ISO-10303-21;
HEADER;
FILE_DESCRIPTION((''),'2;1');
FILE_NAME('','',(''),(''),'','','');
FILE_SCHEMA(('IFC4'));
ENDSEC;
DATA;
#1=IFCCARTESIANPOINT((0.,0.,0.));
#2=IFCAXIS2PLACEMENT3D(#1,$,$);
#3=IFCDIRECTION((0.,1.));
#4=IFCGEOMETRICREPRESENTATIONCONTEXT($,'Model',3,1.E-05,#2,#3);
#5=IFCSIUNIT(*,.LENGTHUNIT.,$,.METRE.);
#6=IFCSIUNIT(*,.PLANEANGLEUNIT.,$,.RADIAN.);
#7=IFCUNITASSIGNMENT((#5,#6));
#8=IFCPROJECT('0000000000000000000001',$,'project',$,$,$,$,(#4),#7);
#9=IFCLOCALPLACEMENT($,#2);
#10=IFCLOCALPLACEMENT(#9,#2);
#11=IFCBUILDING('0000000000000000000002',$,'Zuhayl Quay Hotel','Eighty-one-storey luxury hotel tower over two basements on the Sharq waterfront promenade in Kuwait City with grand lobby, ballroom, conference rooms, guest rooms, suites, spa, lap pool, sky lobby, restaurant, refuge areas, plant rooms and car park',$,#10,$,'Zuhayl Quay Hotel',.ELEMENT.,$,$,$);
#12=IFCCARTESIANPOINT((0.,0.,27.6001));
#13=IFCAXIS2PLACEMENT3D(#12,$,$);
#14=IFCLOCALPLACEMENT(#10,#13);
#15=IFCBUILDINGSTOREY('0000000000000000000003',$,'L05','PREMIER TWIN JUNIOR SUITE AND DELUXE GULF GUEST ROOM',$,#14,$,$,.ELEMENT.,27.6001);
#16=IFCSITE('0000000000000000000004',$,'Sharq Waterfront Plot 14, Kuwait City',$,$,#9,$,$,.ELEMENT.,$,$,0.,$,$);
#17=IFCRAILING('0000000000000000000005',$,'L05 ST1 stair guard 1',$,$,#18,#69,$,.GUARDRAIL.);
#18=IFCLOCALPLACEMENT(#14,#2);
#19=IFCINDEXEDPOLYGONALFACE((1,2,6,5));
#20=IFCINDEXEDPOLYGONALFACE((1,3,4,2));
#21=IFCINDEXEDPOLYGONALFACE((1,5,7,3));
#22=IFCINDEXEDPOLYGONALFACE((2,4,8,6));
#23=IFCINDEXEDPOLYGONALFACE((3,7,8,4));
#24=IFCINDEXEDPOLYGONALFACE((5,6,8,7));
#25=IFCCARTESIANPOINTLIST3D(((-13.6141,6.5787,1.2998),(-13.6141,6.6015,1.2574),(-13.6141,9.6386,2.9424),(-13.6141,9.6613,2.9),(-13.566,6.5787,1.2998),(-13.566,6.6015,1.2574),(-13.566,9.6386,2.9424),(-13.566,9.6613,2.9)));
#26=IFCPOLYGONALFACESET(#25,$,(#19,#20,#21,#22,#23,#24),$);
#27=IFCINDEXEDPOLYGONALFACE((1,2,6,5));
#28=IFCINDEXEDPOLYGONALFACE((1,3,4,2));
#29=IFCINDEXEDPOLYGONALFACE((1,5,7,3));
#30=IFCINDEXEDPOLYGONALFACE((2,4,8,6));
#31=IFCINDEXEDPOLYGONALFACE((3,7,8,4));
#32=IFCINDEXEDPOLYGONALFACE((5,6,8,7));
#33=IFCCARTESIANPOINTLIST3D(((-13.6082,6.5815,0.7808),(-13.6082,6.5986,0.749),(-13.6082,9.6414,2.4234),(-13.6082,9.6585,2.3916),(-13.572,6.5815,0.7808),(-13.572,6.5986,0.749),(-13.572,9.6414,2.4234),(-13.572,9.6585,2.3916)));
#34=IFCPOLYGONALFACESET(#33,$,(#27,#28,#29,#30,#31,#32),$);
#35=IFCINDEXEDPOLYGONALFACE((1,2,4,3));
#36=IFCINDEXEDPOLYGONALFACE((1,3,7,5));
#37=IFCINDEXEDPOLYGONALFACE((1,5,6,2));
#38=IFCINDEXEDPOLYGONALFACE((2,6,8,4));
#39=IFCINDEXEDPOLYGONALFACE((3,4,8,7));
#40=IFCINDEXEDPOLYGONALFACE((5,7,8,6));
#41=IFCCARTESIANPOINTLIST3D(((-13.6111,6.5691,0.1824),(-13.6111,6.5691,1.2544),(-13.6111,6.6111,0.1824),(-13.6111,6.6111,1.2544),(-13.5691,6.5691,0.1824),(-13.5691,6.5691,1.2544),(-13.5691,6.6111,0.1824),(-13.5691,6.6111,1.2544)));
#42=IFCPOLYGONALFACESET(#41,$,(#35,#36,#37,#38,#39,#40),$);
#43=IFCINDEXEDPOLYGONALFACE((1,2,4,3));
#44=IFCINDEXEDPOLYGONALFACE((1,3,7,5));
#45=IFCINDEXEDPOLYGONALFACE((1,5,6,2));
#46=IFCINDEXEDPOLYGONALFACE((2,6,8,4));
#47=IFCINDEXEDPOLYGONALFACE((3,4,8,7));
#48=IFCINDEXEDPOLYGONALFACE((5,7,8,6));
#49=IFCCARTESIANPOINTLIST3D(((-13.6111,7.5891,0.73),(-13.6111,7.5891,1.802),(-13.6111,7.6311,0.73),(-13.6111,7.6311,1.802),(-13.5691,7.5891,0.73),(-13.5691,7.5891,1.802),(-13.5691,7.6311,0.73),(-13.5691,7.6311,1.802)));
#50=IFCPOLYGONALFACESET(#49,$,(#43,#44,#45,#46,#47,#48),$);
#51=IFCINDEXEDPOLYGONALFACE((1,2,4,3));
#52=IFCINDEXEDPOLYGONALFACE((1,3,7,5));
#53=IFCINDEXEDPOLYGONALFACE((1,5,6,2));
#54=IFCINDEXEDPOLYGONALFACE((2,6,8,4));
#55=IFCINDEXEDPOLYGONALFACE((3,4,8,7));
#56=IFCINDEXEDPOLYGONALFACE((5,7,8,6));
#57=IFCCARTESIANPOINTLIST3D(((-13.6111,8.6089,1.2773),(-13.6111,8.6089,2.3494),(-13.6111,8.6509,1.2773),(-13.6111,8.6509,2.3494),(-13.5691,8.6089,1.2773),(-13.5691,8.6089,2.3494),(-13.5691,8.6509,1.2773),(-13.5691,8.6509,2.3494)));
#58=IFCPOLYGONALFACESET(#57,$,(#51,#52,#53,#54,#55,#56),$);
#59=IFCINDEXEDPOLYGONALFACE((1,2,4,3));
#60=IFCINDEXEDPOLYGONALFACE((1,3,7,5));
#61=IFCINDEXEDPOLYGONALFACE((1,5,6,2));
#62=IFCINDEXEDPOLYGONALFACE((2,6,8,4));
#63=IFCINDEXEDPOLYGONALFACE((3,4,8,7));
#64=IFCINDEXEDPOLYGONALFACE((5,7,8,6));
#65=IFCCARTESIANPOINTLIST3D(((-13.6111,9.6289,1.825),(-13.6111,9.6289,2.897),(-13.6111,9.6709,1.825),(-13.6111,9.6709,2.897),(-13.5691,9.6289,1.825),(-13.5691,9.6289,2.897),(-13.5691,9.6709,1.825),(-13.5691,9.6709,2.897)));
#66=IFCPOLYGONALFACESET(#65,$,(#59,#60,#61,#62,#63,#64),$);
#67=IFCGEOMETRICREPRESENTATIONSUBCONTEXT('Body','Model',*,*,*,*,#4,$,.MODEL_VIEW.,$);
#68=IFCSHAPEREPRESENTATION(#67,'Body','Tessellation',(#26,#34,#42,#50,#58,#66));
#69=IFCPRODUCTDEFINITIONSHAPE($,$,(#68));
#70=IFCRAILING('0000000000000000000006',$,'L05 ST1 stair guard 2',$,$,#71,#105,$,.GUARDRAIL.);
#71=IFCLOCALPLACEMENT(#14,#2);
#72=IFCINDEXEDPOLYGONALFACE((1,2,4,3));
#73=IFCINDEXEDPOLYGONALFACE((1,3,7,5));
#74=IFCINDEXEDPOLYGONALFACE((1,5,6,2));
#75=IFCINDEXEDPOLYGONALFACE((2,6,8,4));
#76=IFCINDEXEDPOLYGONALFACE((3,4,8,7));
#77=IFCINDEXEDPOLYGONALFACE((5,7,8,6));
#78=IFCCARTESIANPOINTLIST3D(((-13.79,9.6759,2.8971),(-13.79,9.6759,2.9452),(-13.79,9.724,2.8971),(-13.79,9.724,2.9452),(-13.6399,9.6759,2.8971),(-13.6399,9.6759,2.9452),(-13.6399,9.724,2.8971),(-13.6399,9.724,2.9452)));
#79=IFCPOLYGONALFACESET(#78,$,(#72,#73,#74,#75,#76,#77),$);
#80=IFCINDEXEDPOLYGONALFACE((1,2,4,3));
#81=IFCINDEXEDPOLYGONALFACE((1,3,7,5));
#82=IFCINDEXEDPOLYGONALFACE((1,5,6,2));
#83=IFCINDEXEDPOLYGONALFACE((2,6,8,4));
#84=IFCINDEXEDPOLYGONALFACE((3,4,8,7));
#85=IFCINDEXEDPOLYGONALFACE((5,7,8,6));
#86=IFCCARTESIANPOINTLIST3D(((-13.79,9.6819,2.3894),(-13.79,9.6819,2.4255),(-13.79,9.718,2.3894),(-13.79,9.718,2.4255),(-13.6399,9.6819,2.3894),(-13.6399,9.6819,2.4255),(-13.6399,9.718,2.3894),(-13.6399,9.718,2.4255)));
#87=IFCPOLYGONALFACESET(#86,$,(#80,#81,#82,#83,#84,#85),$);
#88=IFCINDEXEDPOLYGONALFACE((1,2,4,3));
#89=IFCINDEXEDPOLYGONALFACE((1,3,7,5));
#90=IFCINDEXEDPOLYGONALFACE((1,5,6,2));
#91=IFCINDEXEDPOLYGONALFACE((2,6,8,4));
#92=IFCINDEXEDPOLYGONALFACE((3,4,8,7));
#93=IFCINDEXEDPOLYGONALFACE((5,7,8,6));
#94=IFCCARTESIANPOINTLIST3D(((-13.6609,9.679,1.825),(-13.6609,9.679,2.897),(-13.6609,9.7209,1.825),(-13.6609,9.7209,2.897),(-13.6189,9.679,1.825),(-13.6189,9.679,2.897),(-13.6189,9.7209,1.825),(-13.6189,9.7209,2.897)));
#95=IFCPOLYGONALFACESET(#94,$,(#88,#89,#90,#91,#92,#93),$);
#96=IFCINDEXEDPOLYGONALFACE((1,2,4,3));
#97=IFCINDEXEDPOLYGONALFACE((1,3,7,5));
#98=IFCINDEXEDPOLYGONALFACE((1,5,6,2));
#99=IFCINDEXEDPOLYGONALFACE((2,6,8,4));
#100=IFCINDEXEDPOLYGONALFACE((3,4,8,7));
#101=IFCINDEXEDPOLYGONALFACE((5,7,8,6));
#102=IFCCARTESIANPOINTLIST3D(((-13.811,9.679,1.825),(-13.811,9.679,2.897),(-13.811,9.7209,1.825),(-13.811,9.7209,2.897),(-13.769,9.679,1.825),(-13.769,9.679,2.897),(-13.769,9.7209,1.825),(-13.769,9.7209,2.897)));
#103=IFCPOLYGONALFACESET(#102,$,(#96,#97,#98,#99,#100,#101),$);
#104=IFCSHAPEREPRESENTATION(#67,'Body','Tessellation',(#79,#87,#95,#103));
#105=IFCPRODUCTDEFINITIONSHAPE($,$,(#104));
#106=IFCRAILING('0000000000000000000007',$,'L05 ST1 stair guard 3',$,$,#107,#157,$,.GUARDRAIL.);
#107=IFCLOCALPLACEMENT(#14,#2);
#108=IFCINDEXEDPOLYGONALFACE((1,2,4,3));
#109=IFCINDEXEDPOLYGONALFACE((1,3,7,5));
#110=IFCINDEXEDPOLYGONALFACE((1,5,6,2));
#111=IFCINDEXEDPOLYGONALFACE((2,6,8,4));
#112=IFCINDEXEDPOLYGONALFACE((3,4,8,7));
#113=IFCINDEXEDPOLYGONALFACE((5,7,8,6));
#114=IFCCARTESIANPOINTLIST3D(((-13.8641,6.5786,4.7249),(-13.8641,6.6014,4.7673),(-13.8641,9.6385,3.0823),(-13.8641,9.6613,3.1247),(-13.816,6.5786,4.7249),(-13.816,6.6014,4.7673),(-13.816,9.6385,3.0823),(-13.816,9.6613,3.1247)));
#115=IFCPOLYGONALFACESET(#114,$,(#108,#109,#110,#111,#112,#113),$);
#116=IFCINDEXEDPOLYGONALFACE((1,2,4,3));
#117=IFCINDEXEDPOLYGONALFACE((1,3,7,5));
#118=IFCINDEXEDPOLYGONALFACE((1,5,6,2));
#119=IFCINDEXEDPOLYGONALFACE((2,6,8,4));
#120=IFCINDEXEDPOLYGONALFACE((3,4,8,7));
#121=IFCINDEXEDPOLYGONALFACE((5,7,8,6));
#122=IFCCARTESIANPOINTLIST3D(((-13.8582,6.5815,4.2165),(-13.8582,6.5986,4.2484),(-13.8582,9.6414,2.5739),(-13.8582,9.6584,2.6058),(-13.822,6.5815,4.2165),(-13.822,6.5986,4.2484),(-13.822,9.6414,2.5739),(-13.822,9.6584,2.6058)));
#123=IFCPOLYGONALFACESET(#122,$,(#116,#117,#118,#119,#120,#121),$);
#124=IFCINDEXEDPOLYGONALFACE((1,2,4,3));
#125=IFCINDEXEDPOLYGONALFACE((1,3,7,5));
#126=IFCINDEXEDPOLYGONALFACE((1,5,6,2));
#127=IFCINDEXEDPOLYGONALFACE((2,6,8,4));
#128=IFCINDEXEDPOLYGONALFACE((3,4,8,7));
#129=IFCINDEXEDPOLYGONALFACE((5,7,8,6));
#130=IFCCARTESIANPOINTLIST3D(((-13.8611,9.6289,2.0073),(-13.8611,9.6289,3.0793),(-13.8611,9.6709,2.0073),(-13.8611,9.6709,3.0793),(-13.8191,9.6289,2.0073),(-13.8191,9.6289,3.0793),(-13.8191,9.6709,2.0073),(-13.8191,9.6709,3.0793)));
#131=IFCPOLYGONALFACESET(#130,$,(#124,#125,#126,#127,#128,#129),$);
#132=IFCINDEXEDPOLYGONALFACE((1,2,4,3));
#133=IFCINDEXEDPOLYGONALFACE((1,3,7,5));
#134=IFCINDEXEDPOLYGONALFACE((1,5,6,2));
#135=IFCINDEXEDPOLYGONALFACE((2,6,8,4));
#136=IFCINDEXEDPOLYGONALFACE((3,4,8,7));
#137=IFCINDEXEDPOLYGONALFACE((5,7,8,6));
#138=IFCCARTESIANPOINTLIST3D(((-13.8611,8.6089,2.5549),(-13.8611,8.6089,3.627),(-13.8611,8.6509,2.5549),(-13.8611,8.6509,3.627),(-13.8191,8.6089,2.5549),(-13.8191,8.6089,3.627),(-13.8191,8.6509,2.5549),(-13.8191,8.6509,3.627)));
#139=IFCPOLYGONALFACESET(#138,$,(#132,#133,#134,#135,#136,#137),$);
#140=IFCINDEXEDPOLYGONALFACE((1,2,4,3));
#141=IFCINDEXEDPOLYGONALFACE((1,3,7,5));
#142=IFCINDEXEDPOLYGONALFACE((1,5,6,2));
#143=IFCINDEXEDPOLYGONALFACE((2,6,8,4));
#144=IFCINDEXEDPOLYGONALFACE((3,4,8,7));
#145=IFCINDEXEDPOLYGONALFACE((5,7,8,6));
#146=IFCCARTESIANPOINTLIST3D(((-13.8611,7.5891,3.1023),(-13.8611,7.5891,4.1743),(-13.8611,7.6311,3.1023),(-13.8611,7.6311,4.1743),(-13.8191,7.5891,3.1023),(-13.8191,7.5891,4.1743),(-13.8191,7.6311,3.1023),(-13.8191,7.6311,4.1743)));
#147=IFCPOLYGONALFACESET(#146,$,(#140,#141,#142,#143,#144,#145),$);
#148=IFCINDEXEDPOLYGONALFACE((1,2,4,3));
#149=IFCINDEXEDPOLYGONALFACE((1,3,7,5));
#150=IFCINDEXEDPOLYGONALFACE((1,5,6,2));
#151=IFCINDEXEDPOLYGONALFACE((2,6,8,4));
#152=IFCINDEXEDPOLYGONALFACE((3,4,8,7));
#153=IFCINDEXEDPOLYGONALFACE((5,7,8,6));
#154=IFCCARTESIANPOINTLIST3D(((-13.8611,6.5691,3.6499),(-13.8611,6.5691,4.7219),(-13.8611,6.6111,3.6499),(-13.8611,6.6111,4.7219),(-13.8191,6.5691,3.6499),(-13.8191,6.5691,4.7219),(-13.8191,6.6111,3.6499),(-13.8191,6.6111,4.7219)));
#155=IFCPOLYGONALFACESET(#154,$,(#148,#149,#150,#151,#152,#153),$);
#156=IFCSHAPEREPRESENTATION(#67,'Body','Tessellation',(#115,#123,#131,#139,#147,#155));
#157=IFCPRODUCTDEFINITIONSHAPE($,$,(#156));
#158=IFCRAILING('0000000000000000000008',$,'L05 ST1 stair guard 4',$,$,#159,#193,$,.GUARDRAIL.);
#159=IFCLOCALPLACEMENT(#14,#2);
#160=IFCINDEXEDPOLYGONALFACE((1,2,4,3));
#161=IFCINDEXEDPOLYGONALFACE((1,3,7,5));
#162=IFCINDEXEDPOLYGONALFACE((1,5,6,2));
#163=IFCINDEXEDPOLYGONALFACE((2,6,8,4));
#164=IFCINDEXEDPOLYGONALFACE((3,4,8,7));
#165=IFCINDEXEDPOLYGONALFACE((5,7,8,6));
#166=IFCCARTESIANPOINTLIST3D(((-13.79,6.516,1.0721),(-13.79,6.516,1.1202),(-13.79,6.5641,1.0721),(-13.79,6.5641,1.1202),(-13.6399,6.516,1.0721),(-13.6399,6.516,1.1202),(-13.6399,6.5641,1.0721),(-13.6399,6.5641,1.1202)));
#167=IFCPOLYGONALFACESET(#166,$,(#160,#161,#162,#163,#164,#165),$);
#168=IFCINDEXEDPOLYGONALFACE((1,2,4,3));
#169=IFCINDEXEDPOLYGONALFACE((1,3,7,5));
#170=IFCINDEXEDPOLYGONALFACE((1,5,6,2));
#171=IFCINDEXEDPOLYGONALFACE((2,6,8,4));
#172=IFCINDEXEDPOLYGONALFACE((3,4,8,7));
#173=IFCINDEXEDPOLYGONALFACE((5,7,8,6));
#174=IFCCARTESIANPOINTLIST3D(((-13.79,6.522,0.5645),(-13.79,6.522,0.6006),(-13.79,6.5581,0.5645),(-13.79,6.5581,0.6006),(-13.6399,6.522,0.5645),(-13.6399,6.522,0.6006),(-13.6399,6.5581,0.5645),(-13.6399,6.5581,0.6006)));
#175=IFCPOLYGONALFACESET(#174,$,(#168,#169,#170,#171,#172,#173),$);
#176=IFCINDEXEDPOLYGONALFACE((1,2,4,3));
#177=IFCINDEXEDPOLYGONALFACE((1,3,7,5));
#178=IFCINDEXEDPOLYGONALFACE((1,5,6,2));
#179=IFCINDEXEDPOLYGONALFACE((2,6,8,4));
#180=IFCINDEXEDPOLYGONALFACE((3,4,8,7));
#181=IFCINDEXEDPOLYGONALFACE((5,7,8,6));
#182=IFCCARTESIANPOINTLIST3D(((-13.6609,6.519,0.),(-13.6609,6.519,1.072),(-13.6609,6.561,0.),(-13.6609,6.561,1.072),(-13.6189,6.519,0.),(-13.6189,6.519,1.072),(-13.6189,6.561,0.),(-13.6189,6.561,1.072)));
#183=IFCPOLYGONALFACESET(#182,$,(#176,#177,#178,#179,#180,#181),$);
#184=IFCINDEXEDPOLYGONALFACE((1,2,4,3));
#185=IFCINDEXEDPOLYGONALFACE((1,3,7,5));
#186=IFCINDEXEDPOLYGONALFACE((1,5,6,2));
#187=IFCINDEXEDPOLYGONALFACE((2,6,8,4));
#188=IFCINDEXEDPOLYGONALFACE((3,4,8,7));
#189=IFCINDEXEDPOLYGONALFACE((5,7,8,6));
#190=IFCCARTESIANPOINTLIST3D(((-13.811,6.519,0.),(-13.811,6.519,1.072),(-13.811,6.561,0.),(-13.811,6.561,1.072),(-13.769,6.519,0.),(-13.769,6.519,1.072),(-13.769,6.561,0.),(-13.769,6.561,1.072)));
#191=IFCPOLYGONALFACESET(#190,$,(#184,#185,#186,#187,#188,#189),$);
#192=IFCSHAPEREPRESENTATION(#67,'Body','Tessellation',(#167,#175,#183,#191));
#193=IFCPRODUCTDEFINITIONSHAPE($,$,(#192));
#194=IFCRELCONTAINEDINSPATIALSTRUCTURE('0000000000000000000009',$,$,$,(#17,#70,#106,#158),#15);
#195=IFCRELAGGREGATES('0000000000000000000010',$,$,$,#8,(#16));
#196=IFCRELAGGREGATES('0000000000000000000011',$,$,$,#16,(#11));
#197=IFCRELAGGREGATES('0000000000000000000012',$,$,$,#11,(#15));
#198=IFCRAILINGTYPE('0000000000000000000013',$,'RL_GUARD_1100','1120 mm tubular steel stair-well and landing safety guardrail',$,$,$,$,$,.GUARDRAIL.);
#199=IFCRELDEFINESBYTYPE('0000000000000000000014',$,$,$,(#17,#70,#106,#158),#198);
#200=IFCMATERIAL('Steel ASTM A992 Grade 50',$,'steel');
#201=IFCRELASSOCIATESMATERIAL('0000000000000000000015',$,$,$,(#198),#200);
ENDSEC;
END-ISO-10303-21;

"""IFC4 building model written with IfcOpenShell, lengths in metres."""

from ifc_helpers import new_model, si_unit, direction, frame, origin, origin_2d, place, context, subcontext, project, spatial, rectangle, extrude, material, type_object, element, save


model = new_model("IFC4")

# Units and contexts
model_context = context("Model", 3, precision=1e-05, world=origin(), true_north=direction((0.0, 1.0)))
body_context = subcontext(model_context, "Body", "Model", "MODEL_VIEW")
ifc_project = project(units=[si_unit("LENGTHUNIT", "METRE"), si_unit("PLANEANGLEUNIT", "RADIAN")], contexts=[model_context])

# Site, building, storey
site_placement = place(None, origin())
site = spatial("IfcSite", under=ifc_project, at=site_placement, Name="Sharq Waterfront Plot 14, Kuwait City", CompositionType="ELEMENT", RefElevation=0.0)
building_placement = place(site_placement, origin())
building = spatial("IfcBuilding", under=site, at=building_placement, Name="Zuhayl Quay Hotel", Description="Eighty-one-storey luxury hotel tower over two basements on the Sharq waterfront promenade in Kuwait City with grand lobby, ballroom, conference rooms, guest rooms, suites, spa, lap pool, sky lobby, restaurant, refuge areas, plant rooms and car park", LongName="Zuhayl Quay Hotel", CompositionType="ELEMENT")
storey_placement = place(building_placement, frame((0.0, 0.0, 27.6001)))
storey = spatial("IfcBuildingStorey", under=building, at=storey_placement, Name="L05", Description="PREMIER TWIN JUNIOR SUITE AND DELUXE GULF GUEST ROOM", CompositionType="ELEMENT", Elevation=27.6001)

# Shared definitions
ifc_material_1 = material(Name="Steel ASTM A992 Grade 50", Category="steel")

# Railings
railing_type_1 = type_object("IfcRailingType", Name="RL_GUARD_1100", Description="1120 mm tubular steel stair-well and landing safety guardrail", PredefinedType="GUARDRAIL", material=ifc_material_1)
railing_1_placement = place(storey_placement, frame((-13.5901, 6.5901, 0.1824)))
element("IfcRailing", 1, at=railing_1_placement, inside=storey, type_object=railing_type_1, Name="L05 ST1 stair guard 1", PredefinedType="GUARDRAIL", context=body_context, shape_type="SweptSolid", body=[
    extrude(rectangle(XDim=0.0481, YDim=0.0481, at=origin_2d()), frame((0.0, 0.0, 1.0962), z_axis=(0.0, 0.881073, 0.47298), x_axis=(-1.0, 0.0, 0.0)), (0.0, 0.0, 1.0), 3.4729),
    extrude(rectangle(XDim=0.0361, YDim=0.0361, at=origin_2d()), frame((0.0, 0.0, 0.5825), z_axis=(0.0, 0.881073, 0.47298), x_axis=(-1.0, 0.0, 0.0)), (0.0, 0.0, 1.0), 3.4729),
    extrude(rectangle(XDim=0.042, YDim=0.042, at=origin_2d()), origin(), (0.0, 0.0, 1.0), 1.072),
    extrude(rectangle(XDim=0.042, YDim=0.042, at=origin_2d()), frame((0.0, 1.02, 0.5476)), (0.0, 0.0, 1.0), 1.072),
    extrude(rectangle(XDim=0.042, YDim=0.042, at=origin_2d()), frame((0.0, 2.0398, 1.095)), (0.0, 0.0, 1.0), 1.072),
    extrude(rectangle(XDim=0.042, YDim=0.042, at=origin_2d()), frame((0.0, 3.0598, 1.6426)), (0.0, 0.0, 1.0), 1.072),
])
railing_2_placement = place(storey_placement, frame((-13.6399, 9.7, 1.825)))
element("IfcRailing", 2, at=railing_2_placement, inside=storey, type_object=railing_type_1, Name="L05 ST1 stair guard 2", PredefinedType="GUARDRAIL", context=body_context, shape_type="SweptSolid", body=[
    extrude(rectangle(XDim=0.0481, YDim=0.0481, at=origin_2d()), frame((0.0, 0.0, 1.0962), z_axis=(-1.0, 0.0, 0.0), x_axis=(0.0, -1.0, 0.0)), (0.0, 0.0, 1.0), 0.1501),
    extrude(rectangle(XDim=0.0361, YDim=0.0361, at=origin_2d()), frame((0.0, 0.0, 0.5825), z_axis=(-1.0, 0.0, 0.0), x_axis=(0.0, -1.0, 0.0)), (0.0, 0.0, 1.0), 0.1501),
    extrude(rectangle(XDim=0.042, YDim=0.042, at=origin_2d()), origin(), (0.0, 0.0, 1.0), 1.072),
    extrude(rectangle(XDim=0.042, YDim=0.042, at=origin_2d()), frame((-0.1501, 0.0, 0.0)), (0.0, 0.0, 1.0), 1.072),
])
railing_3_placement = place(storey_placement, frame((-13.8401, 9.6499, 2.0073)))
element("IfcRailing", 3, at=railing_3_placement, inside=storey, type_object=railing_type_1, Name="L05 ST1 stair guard 3", PredefinedType="GUARDRAIL", context=body_context, shape_type="SweptSolid", body=[
    extrude(rectangle(XDim=0.0481, YDim=0.0481, at=origin_2d()), frame((0.0, 0.0, 1.0962), z_axis=(0.0, -0.881073, 0.47298), x_axis=(1.0, 0.0, 0.0)), (0.0, 0.0, 1.0), 3.4729),
    extrude(rectangle(XDim=0.0361, YDim=0.0361, at=origin_2d()), frame((0.0, 0.0, 0.5825), z_axis=(0.0, -0.881073, 0.47298), x_axis=(1.0, 0.0, 0.0)), (0.0, 0.0, 1.0), 3.4729),
    extrude(rectangle(XDim=0.042, YDim=0.042, at=origin_2d()), origin(), (0.0, 0.0, 1.0), 1.072),
    extrude(rectangle(XDim=0.042, YDim=0.042, at=origin_2d()), frame((0.0, -1.02, 0.5476)), (0.0, 0.0, 1.0), 1.072),
    extrude(rectangle(XDim=0.042, YDim=0.042, at=origin_2d()), frame((0.0, -2.0398, 1.095)), (0.0, 0.0, 1.0), 1.072),
    extrude(rectangle(XDim=0.042, YDim=0.042, at=origin_2d()), frame((0.0, -3.0598, 1.6426)), (0.0, 0.0, 1.0), 1.072),
])
railing_4_placement = place(storey_placement, frame((-13.6399, 6.54, 0.0)))
element("IfcRailing", 4, at=railing_4_placement, inside=storey, type_object=railing_type_1, Name="L05 ST1 stair guard 4", PredefinedType="GUARDRAIL", context=body_context, shape_type="SweptSolid", body=[
    extrude(rectangle(XDim=0.0481, YDim=0.0481, at=origin_2d()), frame((0.0, 0.0, 1.0962), z_axis=(-1.0, 0.0, 0.0), x_axis=(0.0, -1.0, 0.0)), (0.0, 0.0, 1.0), 0.1501),
    extrude(rectangle(XDim=0.0361, YDim=0.0361, at=origin_2d()), frame((0.0, 0.0, 0.5825), z_axis=(-1.0, 0.0, 0.0), x_axis=(0.0, -1.0, 0.0)), (0.0, 0.0, 1.0), 0.1501),
    extrude(rectangle(XDim=0.042, YDim=0.042, at=origin_2d()), origin(), (0.0, 0.0, 1.0), 1.072),
    extrude(rectangle(XDim=0.042, YDim=0.042, at=origin_2d()), frame((-0.1501, 0.0, 0.0)), (0.0, 0.0, 1.0), 1.072),
])

save(model, "model.ifc")
